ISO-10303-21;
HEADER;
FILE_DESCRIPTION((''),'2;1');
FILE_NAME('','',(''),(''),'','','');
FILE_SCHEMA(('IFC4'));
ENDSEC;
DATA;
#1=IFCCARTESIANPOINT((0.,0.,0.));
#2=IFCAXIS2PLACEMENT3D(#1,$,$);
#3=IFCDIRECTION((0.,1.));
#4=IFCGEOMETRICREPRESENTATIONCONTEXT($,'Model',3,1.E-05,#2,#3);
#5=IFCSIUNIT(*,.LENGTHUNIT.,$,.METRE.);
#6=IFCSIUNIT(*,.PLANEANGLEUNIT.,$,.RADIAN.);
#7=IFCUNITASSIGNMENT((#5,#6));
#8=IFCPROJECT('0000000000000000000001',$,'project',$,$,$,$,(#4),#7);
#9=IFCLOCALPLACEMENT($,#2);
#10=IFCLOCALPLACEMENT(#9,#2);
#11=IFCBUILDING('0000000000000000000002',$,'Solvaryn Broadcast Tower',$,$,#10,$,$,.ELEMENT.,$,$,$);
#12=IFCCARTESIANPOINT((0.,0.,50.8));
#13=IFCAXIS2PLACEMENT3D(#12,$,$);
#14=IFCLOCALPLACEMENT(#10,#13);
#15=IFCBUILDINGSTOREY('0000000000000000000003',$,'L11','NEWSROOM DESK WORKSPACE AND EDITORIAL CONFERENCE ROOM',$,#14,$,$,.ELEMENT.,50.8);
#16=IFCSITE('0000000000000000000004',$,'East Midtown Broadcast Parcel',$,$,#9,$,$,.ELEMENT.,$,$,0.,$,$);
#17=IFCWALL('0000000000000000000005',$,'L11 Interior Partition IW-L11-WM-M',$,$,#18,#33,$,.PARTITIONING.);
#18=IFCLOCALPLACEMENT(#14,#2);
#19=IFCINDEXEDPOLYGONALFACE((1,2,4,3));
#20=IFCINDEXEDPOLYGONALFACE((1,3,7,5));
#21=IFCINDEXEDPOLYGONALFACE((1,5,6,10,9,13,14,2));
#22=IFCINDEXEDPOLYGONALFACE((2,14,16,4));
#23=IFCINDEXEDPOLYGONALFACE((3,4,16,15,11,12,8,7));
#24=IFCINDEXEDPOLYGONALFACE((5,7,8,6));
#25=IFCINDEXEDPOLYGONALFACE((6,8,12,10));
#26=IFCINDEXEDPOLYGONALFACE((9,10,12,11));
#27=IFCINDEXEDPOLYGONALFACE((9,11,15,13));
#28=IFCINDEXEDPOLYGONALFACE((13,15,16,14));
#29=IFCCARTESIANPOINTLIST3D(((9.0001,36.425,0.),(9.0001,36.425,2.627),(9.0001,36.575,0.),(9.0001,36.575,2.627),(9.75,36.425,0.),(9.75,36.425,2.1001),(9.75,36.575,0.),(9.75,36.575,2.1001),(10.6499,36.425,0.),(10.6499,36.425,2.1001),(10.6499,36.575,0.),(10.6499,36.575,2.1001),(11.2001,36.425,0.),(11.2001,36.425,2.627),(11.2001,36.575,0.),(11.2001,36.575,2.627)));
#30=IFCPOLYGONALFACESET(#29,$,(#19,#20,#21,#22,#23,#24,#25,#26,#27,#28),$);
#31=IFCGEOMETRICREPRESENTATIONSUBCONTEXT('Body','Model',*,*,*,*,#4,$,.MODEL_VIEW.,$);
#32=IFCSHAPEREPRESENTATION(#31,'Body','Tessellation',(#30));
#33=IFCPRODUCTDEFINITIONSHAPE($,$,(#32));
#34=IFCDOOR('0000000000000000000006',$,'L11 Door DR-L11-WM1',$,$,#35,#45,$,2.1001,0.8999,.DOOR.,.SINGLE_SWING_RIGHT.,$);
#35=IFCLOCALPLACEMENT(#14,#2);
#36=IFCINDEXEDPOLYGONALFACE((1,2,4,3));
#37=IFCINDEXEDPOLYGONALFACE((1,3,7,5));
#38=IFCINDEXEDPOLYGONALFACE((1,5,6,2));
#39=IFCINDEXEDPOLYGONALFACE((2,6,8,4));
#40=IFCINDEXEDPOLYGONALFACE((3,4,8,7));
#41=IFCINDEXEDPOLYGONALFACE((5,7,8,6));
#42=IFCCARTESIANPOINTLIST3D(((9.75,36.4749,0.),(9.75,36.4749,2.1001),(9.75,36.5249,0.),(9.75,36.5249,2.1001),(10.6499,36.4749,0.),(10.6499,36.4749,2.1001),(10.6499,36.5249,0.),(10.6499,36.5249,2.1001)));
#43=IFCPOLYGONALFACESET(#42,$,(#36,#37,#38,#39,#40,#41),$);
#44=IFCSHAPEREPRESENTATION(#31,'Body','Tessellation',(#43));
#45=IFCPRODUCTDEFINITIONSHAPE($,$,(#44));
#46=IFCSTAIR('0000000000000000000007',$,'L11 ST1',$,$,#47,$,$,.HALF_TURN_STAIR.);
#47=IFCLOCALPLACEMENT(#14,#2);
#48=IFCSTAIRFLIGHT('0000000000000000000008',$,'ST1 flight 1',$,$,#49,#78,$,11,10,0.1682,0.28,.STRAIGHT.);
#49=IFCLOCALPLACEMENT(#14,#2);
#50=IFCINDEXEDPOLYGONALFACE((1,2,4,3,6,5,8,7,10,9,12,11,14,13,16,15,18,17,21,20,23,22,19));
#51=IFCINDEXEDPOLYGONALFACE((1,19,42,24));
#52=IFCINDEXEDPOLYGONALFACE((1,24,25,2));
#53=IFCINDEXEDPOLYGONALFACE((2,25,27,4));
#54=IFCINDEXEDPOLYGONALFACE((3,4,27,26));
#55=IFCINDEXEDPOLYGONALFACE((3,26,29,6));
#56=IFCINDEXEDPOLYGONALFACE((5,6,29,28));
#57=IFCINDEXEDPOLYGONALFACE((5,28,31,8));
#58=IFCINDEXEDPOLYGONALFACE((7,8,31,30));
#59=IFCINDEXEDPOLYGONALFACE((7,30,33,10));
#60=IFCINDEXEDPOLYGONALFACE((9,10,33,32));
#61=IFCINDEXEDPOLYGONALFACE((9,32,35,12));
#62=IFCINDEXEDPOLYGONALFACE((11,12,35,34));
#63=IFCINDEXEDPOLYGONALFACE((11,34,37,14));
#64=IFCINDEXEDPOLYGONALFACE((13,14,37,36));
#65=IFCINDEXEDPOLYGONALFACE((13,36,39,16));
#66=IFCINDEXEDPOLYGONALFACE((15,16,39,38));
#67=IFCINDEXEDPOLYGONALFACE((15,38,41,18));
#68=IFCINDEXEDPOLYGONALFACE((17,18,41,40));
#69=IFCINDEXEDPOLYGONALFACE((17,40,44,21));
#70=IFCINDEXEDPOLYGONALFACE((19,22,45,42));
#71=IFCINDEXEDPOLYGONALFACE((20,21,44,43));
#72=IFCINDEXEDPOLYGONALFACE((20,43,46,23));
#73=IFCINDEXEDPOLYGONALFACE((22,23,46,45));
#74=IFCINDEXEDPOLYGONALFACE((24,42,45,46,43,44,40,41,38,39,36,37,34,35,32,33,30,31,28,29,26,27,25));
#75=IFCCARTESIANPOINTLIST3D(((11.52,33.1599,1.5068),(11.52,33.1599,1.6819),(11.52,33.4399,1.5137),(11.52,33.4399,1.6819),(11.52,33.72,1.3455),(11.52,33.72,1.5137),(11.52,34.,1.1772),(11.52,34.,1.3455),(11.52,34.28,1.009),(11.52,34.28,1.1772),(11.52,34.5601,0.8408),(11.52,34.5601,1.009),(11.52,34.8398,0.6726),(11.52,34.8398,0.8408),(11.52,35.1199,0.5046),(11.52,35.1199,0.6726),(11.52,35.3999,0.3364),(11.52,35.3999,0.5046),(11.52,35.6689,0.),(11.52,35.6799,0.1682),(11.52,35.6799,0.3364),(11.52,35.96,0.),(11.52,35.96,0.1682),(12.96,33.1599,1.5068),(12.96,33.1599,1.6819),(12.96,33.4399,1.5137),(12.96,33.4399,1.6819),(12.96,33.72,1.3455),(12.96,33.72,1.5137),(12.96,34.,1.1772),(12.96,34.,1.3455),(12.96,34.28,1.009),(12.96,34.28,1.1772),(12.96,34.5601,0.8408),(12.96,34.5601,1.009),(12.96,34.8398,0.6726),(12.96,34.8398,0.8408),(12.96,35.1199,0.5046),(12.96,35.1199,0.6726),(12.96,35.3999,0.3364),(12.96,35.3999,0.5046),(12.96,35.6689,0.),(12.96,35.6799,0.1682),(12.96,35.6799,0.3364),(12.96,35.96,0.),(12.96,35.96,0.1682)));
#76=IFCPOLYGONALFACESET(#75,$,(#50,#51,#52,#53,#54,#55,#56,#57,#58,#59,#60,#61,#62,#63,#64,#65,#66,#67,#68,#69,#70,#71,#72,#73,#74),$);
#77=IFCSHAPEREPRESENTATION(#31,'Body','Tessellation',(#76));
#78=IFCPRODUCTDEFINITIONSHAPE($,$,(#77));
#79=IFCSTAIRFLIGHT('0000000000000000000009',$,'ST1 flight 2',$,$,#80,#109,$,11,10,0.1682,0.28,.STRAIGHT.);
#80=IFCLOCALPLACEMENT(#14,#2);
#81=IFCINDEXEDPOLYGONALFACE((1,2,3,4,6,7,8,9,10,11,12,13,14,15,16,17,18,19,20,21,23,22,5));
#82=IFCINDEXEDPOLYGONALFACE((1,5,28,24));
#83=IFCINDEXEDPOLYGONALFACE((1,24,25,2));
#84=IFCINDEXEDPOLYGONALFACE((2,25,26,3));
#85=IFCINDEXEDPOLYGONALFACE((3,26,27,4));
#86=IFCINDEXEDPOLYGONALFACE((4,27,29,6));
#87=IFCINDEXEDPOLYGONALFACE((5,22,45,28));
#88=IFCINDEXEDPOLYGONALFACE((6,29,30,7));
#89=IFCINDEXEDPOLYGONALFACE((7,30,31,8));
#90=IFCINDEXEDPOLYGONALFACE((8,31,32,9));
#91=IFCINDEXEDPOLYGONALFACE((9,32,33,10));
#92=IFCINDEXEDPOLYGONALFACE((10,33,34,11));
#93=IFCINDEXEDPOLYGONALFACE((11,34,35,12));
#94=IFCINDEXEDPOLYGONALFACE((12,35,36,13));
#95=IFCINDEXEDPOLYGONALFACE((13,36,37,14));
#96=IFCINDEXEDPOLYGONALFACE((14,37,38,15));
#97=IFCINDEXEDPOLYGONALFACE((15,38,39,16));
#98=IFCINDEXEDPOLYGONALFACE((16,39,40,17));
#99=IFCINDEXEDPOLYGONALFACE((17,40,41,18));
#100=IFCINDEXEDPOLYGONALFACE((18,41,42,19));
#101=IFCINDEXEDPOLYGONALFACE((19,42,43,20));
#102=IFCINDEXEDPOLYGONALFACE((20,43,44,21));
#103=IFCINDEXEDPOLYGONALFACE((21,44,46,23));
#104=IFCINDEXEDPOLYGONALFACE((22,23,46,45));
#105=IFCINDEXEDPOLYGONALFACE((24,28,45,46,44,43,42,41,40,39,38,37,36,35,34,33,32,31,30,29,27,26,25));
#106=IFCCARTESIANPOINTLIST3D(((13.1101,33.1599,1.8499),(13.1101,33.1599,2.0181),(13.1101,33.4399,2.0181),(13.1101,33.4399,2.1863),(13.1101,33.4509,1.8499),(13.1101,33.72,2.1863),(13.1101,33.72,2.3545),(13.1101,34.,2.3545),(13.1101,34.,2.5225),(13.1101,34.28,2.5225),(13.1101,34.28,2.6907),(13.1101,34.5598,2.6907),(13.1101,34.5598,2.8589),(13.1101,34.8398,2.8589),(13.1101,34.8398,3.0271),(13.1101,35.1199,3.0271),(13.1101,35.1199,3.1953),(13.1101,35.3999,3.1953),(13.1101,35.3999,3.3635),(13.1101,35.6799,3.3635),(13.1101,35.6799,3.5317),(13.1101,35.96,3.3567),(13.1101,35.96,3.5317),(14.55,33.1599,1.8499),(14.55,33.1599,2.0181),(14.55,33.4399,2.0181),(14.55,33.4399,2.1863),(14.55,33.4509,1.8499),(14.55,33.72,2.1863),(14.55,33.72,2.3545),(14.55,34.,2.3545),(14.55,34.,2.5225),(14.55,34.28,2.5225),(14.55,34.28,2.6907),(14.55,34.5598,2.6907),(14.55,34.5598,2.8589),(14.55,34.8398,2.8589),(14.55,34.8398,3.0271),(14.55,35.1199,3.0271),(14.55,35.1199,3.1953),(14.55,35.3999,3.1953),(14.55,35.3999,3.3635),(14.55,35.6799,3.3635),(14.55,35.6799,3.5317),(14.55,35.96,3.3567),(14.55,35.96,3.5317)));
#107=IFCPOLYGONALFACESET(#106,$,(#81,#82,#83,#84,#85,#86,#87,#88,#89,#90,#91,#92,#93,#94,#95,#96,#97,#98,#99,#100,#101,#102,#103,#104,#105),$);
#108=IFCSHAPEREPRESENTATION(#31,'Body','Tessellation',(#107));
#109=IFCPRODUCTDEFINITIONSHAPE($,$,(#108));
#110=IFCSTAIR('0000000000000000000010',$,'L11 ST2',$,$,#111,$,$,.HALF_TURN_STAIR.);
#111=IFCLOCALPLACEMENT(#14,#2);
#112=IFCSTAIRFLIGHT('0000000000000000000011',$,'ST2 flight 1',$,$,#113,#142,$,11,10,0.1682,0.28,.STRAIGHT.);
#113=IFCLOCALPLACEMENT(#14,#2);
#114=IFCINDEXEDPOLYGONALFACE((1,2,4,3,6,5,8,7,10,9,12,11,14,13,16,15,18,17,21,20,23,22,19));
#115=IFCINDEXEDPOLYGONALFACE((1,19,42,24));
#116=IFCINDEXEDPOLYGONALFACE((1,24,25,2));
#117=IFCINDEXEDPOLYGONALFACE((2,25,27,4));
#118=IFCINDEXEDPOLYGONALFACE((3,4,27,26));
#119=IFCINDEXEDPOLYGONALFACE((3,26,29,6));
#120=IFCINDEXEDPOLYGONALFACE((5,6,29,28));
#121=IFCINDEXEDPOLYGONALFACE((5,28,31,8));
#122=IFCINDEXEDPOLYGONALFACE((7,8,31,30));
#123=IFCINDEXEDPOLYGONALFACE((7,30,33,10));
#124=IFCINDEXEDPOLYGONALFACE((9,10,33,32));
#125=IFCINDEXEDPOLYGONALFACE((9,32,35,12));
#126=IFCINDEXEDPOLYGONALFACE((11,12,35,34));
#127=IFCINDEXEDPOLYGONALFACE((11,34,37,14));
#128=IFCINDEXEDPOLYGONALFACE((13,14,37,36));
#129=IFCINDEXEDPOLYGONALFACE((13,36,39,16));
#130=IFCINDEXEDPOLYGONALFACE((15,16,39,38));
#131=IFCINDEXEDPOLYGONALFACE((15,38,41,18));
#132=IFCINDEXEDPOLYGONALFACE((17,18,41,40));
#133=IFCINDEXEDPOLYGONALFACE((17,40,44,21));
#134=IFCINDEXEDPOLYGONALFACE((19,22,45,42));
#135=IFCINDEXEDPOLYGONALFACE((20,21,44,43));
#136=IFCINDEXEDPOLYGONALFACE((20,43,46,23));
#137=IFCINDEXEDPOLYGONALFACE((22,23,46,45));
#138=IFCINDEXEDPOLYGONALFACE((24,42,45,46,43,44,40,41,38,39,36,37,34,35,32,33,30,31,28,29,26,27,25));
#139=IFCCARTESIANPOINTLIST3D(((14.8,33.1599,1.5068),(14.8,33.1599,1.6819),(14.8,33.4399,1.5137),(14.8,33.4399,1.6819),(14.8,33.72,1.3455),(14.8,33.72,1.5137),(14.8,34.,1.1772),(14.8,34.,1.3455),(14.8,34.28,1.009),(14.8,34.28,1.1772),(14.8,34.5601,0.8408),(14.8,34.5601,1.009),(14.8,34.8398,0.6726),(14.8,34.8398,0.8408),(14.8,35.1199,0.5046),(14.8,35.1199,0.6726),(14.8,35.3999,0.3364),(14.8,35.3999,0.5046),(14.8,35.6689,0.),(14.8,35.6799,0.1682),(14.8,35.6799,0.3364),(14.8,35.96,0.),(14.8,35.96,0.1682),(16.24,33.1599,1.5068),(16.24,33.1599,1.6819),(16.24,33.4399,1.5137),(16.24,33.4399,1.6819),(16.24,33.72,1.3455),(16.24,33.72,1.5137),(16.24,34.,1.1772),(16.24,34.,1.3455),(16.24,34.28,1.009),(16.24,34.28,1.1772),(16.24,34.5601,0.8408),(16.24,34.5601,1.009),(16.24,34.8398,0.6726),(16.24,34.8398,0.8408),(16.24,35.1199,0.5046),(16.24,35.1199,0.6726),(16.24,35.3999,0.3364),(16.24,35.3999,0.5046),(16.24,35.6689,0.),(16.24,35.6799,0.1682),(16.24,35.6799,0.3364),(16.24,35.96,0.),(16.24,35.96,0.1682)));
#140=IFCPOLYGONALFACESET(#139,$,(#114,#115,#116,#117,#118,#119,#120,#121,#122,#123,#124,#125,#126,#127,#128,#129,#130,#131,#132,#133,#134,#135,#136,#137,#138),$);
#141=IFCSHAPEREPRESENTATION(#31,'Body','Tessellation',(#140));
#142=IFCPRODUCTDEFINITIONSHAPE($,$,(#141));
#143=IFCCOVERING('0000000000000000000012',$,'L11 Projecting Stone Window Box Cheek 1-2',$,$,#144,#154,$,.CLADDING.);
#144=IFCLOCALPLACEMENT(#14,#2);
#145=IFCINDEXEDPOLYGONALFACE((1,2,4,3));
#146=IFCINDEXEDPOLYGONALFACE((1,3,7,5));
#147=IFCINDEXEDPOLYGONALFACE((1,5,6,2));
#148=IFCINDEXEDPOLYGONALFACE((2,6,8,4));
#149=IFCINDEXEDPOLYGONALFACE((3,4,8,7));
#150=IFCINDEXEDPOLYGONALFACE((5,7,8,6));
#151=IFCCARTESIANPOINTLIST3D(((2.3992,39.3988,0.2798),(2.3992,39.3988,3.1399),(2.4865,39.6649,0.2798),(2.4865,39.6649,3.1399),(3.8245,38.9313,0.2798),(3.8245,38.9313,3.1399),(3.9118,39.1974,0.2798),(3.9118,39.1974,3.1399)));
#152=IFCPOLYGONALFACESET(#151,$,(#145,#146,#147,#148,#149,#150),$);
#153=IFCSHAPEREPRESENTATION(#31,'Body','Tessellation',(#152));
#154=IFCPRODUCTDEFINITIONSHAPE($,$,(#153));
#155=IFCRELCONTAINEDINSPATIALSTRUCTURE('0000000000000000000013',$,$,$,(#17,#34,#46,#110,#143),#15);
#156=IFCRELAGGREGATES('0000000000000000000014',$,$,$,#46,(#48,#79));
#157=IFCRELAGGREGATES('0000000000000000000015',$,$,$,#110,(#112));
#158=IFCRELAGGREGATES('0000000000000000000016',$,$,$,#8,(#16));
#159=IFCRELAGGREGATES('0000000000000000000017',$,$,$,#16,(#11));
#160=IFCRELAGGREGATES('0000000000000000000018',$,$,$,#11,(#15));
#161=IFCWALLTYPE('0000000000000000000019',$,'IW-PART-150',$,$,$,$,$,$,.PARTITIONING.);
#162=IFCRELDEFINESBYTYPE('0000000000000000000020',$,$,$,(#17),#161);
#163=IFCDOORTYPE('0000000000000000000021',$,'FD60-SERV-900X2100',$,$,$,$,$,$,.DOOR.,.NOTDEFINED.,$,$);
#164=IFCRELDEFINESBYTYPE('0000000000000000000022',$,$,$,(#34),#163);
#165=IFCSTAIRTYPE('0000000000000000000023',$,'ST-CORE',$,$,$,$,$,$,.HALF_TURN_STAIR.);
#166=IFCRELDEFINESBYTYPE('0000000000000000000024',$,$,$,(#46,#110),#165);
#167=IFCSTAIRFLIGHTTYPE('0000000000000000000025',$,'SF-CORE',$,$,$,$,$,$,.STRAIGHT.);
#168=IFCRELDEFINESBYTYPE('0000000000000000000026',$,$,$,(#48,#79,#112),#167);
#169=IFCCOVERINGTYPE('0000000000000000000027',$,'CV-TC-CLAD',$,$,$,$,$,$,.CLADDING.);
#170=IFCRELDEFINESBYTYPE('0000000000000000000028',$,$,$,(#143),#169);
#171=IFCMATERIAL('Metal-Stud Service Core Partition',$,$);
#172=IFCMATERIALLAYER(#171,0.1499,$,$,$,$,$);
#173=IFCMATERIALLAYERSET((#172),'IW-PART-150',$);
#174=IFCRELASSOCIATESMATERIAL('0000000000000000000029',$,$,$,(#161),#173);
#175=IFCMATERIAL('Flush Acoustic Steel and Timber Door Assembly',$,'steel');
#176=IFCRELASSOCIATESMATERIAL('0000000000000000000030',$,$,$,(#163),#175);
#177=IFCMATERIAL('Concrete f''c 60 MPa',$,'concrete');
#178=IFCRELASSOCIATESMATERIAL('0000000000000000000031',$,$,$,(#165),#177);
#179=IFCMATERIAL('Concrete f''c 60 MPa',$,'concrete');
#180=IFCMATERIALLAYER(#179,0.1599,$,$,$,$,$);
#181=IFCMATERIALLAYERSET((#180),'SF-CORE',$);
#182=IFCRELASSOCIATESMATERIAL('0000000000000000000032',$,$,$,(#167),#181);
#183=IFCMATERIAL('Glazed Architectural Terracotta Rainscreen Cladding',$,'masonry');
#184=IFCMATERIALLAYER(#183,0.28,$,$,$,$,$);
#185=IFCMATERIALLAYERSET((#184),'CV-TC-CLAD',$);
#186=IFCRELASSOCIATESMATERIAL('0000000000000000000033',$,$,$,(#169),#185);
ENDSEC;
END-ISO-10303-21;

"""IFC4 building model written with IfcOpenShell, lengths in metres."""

from ifc_helpers import new_model, si_unit, direction, frame, frame_2d, origin, origin_2d, place, context, subcontext, project, spatial, polyline, rectangle, outline, extrude, material, layer, layer_set, type_object, element, fill, aggregate, save


model = new_model("IFC4")

# Units and contexts
model_context = context("Model", 3, precision=1e-05, world=origin(), true_north=direction((0.0, 1.0)))
body_context = subcontext(model_context, "Body", "Model", "MODEL_VIEW")
ifc_project = project(units=[si_unit("LENGTHUNIT", "METRE"), si_unit("PLANEANGLEUNIT", "RADIAN")], contexts=[model_context])

# Site, building, storey
site_placement = place(None, origin())
site = spatial("IfcSite", under=ifc_project, at=site_placement, Name="East Midtown Broadcast Parcel", CompositionType="ELEMENT", RefElevation=0.0)
building_placement = place(site_placement, origin())
building = spatial("IfcBuilding", under=site, at=building_placement, Name="Solvaryn Broadcast Tower", CompositionType="ELEMENT")
storey_placement = place(building_placement, frame((0.0, 0.0, 50.8)))
storey = spatial("IfcBuildingStorey", under=building, at=storey_placement, Name="L11", Description="NEWSROOM DESK WORKSPACE AND EDITORIAL CONFERENCE ROOM", CompositionType="ELEMENT", Elevation=50.8)

# Wall, opening, door
ifc_material_1 = material(Name="Metal-Stud Service Core Partition")
ifc_layer_1 = layer(ifc_material_1, 0.1499)
ifc_layer_set_1 = layer_set([ifc_layer_1], Name="IW-PART-150")
wall_type = type_object("IfcWallType", Name="IW-PART-150", PredefinedType="PARTITIONING", material=ifc_layer_set_1)
wall_placement = place(storey_placement, frame((9.0, 36.5, 0.0), z_axis=(0.0, 0.0, 1.0), x_axis=(1.0, 0.0, 0.0)))
wall = element("IfcWall", 1, at=wall_placement, inside=storey, type_object=wall_type, Name="L11 Interior Partition IW-L11-WM-M", PredefinedType="PARTITIONING", context=body_context, shape_type="SweptSolid", body=[
    extrude(rectangle(XDim=2.2, YDim=0.1499, at=frame_2d((1.1001, 0.0))), origin(), (0.0, 0.0, 1.0), 2.627),
])
opening_placement = place(wall_placement, frame((0.75, 0.0, 0.0)))
opening = element("IfcOpeningElement", 2, at=opening_placement, cuts=wall, PredefinedType="OPENING", context=body_context, shape_type="SweptSolid", body=[
    extrude(rectangle(XDim=0.8999, YDim=2.1001, at=frame_2d((0.45, 1.05))), frame((0.0, 0.085, 0.0), z_axis=(0.0, -1.0, 0.0), x_axis=(1.0, 0.0, 0.0)), (0.0, 0.0, 1.0), 0.1699),
])
ifc_material_2 = material(Name="Flush Acoustic Steel and Timber Door Assembly", Category="steel")
door_type = type_object("IfcDoorType", Name="FD60-SERV-900X2100", OperationType="NOTDEFINED", PredefinedType="DOOR", material=ifc_material_2)
door_placement = place(opening_placement, origin())
door = element("IfcDoor", 3, at=door_placement, inside=storey, type_object=door_type, Name="L11 Door DR-L11-WM1", OperationType="SINGLE_SWING_RIGHT", OverallHeight=2.1001, OverallWidth=0.8999, PredefinedType="DOOR", context=body_context, shape_type="SweptSolid", body=[
    extrude(rectangle(XDim=0.8999, YDim=2.1001, at=frame_2d((0.45, 1.05))), frame((0.0, 0.0249, 0.0), z_axis=(0.0, -1.0, 0.0), x_axis=(1.0, 0.0, 0.0)), (0.0, 0.0, 1.0), 0.05),
])
fill(opening, door)

# Stair, stair flights
ifc_material_3 = material(Name="Concrete f'c 60 MPa", Category="concrete")
stair_type = type_object("IfcStairType", Name="ST-CORE", PredefinedType="HALF_TURN_STAIR", material=ifc_material_3)
stair_1_placement = place(storey_placement, origin())
stair_1 = element("IfcStair", 4, at=stair_1_placement, inside=storey, type_object=stair_type, Name="L11 ST1", PredefinedType="HALF_TURN_STAIR")
ifc_material_4 = material(Name="Concrete f'c 60 MPa", Category="concrete")
ifc_layer_2 = layer(ifc_material_4, 0.1599)
ifc_layer_set_2 = layer_set([ifc_layer_2], Name="SF-CORE")
stair_flight_type = type_object("IfcStairFlightType", Name="SF-CORE", PredefinedType="STRAIGHT", material=ifc_layer_set_2)
stair_flight_1_placement = place(storey_placement, frame((12.24, 35.96, 0.0), z_axis=(0.0, 0.0, 1.0), x_axis=(0.0, -1.0, 0.0)))
stair_flight_1 = element("IfcStairFlight", 5, at=stair_flight_1_placement, type_object=stair_flight_type, Name="ST1 flight 1", NumberOfRisers=11, NumberOfTreads=10, PredefinedType="STRAIGHT", RiserHeight=0.1682, TreadLength=0.28, context=body_context, shape_type="SweptSolid", body=[
    extrude(outline(polyline([(0.0, 0.0), (0.0, 0.1682), (0.28, 0.1682), (0.28, 0.3364), (0.5601, 0.3364), (0.5601, 0.5046), (0.8401, 0.5046), (0.8401, 0.6726), (1.1201, 0.6726), (1.1201, 0.8408), (1.3999, 0.8408), (1.3999, 1.009), (1.6799, 1.009), (1.6799, 1.1772), (1.96, 1.1772), (1.96, 1.3455), (2.24, 1.3455), (2.24, 1.5137), (2.52, 1.5137), (2.52, 1.6819), (2.8, 1.6819), (2.8, 1.8501), (2.8, 1.5068), (0.291, 0.0), (0.0, 0.0)])), frame((0.0, 0.72, 0.0), z_axis=(0.0, -1.0, 0.0), x_axis=(1.0, 0.0, 0.0)), (0.0, 0.0, 1.0), 1.4399),
])
stair_flight_2_placement = place(storey_placement, frame((13.8301, 33.1599, 1.8499), z_axis=(0.0, 0.0, 1.0), x_axis=(0.0, 1.0, 0.0)))
stair_flight_2 = element("IfcStairFlight", 6, at=stair_flight_2_placement, type_object=stair_flight_type, Name="ST1 flight 2", NumberOfRisers=11, NumberOfTreads=10, PredefinedType="STRAIGHT", RiserHeight=0.1682, TreadLength=0.28, context=body_context, shape_type="SweptSolid", body=[
    extrude(outline(polyline([(0.0, 0.0), (0.0, 0.1682), (0.28, 0.1682), (0.28, 0.3364), (0.5601, 0.3364), (0.5601, 0.5046), (0.8401, 0.5046), (0.8401, 0.6726), (1.1201, 0.6726), (1.1201, 0.8408), (1.3999, 0.8408), (1.3999, 1.009), (1.6799, 1.009), (1.6799, 1.1772), (1.96, 1.1772), (1.96, 1.3455), (2.24, 1.3455), (2.24, 1.5137), (2.52, 1.5137), (2.52, 1.6819), (2.8, 1.6819), (2.8, 1.8501), (2.8, 1.5068), (0.291, 0.0), (0.0, 0.0)])), frame((0.0, 0.72, 0.0), z_axis=(0.0, -1.0, 0.0), x_axis=(1.0, 0.0, 0.0)), (0.0, 0.0, 1.0), 1.4399),
])
aggregate(stair_1, [stair_flight_1, stair_flight_2])

# Stair, stair flight
stair_2_placement = place(storey_placement, origin())
stair_2 = element("IfcStair", 7, at=stair_2_placement, inside=storey, type_object=stair_type, Name="L11 ST2", PredefinedType="HALF_TURN_STAIR")
stair_flight_3_placement = place(storey_placement, frame((15.52, 35.96, 0.0), z_axis=(0.0, 0.0, 1.0), x_axis=(0.0, -1.0, 0.0)))
stair_flight_3 = element("IfcStairFlight", 8, at=stair_flight_3_placement, type_object=stair_flight_type, Name="ST2 flight 1", NumberOfRisers=11, NumberOfTreads=10, PredefinedType="STRAIGHT", RiserHeight=0.1682, TreadLength=0.28, context=body_context, shape_type="SweptSolid", body=[
    extrude(outline(polyline([(0.0, 0.0), (0.0, 0.1682), (0.28, 0.1682), (0.28, 0.3364), (0.5601, 0.3364), (0.5601, 0.5046), (0.8401, 0.5046), (0.8401, 0.6726), (1.1201, 0.6726), (1.1201, 0.8408), (1.3999, 0.8408), (1.3999, 1.009), (1.6799, 1.009), (1.6799, 1.1772), (1.96, 1.1772), (1.96, 1.3455), (2.24, 1.3455), (2.24, 1.5137), (2.52, 1.5137), (2.52, 1.6819), (2.8, 1.6819), (2.8, 1.8501), (2.8, 1.5068), (0.291, 0.0), (0.0, 0.0)])), frame((0.0, 0.72, 0.0), z_axis=(0.0, -1.0, 0.0), x_axis=(1.0, 0.0, 0.0)), (0.0, 0.0, 1.0), 1.4399),
])
aggregate(stair_2, [stair_flight_3])

# Covering
ifc_material_5 = material(Name="Glazed Architectural Terracotta Rainscreen Cladding", Category="masonry")
ifc_layer_3 = layer(ifc_material_5, 0.28)
ifc_layer_set_3 = layer_set([ifc_layer_3], Name="CV-TC-CLAD")
covering_type = type_object("IfcCoveringType", Name="CV-TC-CLAD", PredefinedType="CLADDING", material=ifc_layer_set_3)
covering_placement = place(storey_placement, frame((3.1555, 39.2981, 0.2798), z_axis=(0.0, 0.0, 1.0), x_axis=(-0.311672, -0.95019, 0.0)))
element("IfcCovering", 9, at=covering_placement, inside=storey, type_object=covering_type, Name="L11 Projecting Stone Window Box Cheek 1-2", PredefinedType="CLADDING", context=body_context, shape_type="SweptSolid", body=[
    extrude(rectangle(XDim=0.28, YDim=1.5, at=origin_2d()), origin(), (0.0, 0.0, 1.0), 2.8601),
])

save(model, "model.ifc")
